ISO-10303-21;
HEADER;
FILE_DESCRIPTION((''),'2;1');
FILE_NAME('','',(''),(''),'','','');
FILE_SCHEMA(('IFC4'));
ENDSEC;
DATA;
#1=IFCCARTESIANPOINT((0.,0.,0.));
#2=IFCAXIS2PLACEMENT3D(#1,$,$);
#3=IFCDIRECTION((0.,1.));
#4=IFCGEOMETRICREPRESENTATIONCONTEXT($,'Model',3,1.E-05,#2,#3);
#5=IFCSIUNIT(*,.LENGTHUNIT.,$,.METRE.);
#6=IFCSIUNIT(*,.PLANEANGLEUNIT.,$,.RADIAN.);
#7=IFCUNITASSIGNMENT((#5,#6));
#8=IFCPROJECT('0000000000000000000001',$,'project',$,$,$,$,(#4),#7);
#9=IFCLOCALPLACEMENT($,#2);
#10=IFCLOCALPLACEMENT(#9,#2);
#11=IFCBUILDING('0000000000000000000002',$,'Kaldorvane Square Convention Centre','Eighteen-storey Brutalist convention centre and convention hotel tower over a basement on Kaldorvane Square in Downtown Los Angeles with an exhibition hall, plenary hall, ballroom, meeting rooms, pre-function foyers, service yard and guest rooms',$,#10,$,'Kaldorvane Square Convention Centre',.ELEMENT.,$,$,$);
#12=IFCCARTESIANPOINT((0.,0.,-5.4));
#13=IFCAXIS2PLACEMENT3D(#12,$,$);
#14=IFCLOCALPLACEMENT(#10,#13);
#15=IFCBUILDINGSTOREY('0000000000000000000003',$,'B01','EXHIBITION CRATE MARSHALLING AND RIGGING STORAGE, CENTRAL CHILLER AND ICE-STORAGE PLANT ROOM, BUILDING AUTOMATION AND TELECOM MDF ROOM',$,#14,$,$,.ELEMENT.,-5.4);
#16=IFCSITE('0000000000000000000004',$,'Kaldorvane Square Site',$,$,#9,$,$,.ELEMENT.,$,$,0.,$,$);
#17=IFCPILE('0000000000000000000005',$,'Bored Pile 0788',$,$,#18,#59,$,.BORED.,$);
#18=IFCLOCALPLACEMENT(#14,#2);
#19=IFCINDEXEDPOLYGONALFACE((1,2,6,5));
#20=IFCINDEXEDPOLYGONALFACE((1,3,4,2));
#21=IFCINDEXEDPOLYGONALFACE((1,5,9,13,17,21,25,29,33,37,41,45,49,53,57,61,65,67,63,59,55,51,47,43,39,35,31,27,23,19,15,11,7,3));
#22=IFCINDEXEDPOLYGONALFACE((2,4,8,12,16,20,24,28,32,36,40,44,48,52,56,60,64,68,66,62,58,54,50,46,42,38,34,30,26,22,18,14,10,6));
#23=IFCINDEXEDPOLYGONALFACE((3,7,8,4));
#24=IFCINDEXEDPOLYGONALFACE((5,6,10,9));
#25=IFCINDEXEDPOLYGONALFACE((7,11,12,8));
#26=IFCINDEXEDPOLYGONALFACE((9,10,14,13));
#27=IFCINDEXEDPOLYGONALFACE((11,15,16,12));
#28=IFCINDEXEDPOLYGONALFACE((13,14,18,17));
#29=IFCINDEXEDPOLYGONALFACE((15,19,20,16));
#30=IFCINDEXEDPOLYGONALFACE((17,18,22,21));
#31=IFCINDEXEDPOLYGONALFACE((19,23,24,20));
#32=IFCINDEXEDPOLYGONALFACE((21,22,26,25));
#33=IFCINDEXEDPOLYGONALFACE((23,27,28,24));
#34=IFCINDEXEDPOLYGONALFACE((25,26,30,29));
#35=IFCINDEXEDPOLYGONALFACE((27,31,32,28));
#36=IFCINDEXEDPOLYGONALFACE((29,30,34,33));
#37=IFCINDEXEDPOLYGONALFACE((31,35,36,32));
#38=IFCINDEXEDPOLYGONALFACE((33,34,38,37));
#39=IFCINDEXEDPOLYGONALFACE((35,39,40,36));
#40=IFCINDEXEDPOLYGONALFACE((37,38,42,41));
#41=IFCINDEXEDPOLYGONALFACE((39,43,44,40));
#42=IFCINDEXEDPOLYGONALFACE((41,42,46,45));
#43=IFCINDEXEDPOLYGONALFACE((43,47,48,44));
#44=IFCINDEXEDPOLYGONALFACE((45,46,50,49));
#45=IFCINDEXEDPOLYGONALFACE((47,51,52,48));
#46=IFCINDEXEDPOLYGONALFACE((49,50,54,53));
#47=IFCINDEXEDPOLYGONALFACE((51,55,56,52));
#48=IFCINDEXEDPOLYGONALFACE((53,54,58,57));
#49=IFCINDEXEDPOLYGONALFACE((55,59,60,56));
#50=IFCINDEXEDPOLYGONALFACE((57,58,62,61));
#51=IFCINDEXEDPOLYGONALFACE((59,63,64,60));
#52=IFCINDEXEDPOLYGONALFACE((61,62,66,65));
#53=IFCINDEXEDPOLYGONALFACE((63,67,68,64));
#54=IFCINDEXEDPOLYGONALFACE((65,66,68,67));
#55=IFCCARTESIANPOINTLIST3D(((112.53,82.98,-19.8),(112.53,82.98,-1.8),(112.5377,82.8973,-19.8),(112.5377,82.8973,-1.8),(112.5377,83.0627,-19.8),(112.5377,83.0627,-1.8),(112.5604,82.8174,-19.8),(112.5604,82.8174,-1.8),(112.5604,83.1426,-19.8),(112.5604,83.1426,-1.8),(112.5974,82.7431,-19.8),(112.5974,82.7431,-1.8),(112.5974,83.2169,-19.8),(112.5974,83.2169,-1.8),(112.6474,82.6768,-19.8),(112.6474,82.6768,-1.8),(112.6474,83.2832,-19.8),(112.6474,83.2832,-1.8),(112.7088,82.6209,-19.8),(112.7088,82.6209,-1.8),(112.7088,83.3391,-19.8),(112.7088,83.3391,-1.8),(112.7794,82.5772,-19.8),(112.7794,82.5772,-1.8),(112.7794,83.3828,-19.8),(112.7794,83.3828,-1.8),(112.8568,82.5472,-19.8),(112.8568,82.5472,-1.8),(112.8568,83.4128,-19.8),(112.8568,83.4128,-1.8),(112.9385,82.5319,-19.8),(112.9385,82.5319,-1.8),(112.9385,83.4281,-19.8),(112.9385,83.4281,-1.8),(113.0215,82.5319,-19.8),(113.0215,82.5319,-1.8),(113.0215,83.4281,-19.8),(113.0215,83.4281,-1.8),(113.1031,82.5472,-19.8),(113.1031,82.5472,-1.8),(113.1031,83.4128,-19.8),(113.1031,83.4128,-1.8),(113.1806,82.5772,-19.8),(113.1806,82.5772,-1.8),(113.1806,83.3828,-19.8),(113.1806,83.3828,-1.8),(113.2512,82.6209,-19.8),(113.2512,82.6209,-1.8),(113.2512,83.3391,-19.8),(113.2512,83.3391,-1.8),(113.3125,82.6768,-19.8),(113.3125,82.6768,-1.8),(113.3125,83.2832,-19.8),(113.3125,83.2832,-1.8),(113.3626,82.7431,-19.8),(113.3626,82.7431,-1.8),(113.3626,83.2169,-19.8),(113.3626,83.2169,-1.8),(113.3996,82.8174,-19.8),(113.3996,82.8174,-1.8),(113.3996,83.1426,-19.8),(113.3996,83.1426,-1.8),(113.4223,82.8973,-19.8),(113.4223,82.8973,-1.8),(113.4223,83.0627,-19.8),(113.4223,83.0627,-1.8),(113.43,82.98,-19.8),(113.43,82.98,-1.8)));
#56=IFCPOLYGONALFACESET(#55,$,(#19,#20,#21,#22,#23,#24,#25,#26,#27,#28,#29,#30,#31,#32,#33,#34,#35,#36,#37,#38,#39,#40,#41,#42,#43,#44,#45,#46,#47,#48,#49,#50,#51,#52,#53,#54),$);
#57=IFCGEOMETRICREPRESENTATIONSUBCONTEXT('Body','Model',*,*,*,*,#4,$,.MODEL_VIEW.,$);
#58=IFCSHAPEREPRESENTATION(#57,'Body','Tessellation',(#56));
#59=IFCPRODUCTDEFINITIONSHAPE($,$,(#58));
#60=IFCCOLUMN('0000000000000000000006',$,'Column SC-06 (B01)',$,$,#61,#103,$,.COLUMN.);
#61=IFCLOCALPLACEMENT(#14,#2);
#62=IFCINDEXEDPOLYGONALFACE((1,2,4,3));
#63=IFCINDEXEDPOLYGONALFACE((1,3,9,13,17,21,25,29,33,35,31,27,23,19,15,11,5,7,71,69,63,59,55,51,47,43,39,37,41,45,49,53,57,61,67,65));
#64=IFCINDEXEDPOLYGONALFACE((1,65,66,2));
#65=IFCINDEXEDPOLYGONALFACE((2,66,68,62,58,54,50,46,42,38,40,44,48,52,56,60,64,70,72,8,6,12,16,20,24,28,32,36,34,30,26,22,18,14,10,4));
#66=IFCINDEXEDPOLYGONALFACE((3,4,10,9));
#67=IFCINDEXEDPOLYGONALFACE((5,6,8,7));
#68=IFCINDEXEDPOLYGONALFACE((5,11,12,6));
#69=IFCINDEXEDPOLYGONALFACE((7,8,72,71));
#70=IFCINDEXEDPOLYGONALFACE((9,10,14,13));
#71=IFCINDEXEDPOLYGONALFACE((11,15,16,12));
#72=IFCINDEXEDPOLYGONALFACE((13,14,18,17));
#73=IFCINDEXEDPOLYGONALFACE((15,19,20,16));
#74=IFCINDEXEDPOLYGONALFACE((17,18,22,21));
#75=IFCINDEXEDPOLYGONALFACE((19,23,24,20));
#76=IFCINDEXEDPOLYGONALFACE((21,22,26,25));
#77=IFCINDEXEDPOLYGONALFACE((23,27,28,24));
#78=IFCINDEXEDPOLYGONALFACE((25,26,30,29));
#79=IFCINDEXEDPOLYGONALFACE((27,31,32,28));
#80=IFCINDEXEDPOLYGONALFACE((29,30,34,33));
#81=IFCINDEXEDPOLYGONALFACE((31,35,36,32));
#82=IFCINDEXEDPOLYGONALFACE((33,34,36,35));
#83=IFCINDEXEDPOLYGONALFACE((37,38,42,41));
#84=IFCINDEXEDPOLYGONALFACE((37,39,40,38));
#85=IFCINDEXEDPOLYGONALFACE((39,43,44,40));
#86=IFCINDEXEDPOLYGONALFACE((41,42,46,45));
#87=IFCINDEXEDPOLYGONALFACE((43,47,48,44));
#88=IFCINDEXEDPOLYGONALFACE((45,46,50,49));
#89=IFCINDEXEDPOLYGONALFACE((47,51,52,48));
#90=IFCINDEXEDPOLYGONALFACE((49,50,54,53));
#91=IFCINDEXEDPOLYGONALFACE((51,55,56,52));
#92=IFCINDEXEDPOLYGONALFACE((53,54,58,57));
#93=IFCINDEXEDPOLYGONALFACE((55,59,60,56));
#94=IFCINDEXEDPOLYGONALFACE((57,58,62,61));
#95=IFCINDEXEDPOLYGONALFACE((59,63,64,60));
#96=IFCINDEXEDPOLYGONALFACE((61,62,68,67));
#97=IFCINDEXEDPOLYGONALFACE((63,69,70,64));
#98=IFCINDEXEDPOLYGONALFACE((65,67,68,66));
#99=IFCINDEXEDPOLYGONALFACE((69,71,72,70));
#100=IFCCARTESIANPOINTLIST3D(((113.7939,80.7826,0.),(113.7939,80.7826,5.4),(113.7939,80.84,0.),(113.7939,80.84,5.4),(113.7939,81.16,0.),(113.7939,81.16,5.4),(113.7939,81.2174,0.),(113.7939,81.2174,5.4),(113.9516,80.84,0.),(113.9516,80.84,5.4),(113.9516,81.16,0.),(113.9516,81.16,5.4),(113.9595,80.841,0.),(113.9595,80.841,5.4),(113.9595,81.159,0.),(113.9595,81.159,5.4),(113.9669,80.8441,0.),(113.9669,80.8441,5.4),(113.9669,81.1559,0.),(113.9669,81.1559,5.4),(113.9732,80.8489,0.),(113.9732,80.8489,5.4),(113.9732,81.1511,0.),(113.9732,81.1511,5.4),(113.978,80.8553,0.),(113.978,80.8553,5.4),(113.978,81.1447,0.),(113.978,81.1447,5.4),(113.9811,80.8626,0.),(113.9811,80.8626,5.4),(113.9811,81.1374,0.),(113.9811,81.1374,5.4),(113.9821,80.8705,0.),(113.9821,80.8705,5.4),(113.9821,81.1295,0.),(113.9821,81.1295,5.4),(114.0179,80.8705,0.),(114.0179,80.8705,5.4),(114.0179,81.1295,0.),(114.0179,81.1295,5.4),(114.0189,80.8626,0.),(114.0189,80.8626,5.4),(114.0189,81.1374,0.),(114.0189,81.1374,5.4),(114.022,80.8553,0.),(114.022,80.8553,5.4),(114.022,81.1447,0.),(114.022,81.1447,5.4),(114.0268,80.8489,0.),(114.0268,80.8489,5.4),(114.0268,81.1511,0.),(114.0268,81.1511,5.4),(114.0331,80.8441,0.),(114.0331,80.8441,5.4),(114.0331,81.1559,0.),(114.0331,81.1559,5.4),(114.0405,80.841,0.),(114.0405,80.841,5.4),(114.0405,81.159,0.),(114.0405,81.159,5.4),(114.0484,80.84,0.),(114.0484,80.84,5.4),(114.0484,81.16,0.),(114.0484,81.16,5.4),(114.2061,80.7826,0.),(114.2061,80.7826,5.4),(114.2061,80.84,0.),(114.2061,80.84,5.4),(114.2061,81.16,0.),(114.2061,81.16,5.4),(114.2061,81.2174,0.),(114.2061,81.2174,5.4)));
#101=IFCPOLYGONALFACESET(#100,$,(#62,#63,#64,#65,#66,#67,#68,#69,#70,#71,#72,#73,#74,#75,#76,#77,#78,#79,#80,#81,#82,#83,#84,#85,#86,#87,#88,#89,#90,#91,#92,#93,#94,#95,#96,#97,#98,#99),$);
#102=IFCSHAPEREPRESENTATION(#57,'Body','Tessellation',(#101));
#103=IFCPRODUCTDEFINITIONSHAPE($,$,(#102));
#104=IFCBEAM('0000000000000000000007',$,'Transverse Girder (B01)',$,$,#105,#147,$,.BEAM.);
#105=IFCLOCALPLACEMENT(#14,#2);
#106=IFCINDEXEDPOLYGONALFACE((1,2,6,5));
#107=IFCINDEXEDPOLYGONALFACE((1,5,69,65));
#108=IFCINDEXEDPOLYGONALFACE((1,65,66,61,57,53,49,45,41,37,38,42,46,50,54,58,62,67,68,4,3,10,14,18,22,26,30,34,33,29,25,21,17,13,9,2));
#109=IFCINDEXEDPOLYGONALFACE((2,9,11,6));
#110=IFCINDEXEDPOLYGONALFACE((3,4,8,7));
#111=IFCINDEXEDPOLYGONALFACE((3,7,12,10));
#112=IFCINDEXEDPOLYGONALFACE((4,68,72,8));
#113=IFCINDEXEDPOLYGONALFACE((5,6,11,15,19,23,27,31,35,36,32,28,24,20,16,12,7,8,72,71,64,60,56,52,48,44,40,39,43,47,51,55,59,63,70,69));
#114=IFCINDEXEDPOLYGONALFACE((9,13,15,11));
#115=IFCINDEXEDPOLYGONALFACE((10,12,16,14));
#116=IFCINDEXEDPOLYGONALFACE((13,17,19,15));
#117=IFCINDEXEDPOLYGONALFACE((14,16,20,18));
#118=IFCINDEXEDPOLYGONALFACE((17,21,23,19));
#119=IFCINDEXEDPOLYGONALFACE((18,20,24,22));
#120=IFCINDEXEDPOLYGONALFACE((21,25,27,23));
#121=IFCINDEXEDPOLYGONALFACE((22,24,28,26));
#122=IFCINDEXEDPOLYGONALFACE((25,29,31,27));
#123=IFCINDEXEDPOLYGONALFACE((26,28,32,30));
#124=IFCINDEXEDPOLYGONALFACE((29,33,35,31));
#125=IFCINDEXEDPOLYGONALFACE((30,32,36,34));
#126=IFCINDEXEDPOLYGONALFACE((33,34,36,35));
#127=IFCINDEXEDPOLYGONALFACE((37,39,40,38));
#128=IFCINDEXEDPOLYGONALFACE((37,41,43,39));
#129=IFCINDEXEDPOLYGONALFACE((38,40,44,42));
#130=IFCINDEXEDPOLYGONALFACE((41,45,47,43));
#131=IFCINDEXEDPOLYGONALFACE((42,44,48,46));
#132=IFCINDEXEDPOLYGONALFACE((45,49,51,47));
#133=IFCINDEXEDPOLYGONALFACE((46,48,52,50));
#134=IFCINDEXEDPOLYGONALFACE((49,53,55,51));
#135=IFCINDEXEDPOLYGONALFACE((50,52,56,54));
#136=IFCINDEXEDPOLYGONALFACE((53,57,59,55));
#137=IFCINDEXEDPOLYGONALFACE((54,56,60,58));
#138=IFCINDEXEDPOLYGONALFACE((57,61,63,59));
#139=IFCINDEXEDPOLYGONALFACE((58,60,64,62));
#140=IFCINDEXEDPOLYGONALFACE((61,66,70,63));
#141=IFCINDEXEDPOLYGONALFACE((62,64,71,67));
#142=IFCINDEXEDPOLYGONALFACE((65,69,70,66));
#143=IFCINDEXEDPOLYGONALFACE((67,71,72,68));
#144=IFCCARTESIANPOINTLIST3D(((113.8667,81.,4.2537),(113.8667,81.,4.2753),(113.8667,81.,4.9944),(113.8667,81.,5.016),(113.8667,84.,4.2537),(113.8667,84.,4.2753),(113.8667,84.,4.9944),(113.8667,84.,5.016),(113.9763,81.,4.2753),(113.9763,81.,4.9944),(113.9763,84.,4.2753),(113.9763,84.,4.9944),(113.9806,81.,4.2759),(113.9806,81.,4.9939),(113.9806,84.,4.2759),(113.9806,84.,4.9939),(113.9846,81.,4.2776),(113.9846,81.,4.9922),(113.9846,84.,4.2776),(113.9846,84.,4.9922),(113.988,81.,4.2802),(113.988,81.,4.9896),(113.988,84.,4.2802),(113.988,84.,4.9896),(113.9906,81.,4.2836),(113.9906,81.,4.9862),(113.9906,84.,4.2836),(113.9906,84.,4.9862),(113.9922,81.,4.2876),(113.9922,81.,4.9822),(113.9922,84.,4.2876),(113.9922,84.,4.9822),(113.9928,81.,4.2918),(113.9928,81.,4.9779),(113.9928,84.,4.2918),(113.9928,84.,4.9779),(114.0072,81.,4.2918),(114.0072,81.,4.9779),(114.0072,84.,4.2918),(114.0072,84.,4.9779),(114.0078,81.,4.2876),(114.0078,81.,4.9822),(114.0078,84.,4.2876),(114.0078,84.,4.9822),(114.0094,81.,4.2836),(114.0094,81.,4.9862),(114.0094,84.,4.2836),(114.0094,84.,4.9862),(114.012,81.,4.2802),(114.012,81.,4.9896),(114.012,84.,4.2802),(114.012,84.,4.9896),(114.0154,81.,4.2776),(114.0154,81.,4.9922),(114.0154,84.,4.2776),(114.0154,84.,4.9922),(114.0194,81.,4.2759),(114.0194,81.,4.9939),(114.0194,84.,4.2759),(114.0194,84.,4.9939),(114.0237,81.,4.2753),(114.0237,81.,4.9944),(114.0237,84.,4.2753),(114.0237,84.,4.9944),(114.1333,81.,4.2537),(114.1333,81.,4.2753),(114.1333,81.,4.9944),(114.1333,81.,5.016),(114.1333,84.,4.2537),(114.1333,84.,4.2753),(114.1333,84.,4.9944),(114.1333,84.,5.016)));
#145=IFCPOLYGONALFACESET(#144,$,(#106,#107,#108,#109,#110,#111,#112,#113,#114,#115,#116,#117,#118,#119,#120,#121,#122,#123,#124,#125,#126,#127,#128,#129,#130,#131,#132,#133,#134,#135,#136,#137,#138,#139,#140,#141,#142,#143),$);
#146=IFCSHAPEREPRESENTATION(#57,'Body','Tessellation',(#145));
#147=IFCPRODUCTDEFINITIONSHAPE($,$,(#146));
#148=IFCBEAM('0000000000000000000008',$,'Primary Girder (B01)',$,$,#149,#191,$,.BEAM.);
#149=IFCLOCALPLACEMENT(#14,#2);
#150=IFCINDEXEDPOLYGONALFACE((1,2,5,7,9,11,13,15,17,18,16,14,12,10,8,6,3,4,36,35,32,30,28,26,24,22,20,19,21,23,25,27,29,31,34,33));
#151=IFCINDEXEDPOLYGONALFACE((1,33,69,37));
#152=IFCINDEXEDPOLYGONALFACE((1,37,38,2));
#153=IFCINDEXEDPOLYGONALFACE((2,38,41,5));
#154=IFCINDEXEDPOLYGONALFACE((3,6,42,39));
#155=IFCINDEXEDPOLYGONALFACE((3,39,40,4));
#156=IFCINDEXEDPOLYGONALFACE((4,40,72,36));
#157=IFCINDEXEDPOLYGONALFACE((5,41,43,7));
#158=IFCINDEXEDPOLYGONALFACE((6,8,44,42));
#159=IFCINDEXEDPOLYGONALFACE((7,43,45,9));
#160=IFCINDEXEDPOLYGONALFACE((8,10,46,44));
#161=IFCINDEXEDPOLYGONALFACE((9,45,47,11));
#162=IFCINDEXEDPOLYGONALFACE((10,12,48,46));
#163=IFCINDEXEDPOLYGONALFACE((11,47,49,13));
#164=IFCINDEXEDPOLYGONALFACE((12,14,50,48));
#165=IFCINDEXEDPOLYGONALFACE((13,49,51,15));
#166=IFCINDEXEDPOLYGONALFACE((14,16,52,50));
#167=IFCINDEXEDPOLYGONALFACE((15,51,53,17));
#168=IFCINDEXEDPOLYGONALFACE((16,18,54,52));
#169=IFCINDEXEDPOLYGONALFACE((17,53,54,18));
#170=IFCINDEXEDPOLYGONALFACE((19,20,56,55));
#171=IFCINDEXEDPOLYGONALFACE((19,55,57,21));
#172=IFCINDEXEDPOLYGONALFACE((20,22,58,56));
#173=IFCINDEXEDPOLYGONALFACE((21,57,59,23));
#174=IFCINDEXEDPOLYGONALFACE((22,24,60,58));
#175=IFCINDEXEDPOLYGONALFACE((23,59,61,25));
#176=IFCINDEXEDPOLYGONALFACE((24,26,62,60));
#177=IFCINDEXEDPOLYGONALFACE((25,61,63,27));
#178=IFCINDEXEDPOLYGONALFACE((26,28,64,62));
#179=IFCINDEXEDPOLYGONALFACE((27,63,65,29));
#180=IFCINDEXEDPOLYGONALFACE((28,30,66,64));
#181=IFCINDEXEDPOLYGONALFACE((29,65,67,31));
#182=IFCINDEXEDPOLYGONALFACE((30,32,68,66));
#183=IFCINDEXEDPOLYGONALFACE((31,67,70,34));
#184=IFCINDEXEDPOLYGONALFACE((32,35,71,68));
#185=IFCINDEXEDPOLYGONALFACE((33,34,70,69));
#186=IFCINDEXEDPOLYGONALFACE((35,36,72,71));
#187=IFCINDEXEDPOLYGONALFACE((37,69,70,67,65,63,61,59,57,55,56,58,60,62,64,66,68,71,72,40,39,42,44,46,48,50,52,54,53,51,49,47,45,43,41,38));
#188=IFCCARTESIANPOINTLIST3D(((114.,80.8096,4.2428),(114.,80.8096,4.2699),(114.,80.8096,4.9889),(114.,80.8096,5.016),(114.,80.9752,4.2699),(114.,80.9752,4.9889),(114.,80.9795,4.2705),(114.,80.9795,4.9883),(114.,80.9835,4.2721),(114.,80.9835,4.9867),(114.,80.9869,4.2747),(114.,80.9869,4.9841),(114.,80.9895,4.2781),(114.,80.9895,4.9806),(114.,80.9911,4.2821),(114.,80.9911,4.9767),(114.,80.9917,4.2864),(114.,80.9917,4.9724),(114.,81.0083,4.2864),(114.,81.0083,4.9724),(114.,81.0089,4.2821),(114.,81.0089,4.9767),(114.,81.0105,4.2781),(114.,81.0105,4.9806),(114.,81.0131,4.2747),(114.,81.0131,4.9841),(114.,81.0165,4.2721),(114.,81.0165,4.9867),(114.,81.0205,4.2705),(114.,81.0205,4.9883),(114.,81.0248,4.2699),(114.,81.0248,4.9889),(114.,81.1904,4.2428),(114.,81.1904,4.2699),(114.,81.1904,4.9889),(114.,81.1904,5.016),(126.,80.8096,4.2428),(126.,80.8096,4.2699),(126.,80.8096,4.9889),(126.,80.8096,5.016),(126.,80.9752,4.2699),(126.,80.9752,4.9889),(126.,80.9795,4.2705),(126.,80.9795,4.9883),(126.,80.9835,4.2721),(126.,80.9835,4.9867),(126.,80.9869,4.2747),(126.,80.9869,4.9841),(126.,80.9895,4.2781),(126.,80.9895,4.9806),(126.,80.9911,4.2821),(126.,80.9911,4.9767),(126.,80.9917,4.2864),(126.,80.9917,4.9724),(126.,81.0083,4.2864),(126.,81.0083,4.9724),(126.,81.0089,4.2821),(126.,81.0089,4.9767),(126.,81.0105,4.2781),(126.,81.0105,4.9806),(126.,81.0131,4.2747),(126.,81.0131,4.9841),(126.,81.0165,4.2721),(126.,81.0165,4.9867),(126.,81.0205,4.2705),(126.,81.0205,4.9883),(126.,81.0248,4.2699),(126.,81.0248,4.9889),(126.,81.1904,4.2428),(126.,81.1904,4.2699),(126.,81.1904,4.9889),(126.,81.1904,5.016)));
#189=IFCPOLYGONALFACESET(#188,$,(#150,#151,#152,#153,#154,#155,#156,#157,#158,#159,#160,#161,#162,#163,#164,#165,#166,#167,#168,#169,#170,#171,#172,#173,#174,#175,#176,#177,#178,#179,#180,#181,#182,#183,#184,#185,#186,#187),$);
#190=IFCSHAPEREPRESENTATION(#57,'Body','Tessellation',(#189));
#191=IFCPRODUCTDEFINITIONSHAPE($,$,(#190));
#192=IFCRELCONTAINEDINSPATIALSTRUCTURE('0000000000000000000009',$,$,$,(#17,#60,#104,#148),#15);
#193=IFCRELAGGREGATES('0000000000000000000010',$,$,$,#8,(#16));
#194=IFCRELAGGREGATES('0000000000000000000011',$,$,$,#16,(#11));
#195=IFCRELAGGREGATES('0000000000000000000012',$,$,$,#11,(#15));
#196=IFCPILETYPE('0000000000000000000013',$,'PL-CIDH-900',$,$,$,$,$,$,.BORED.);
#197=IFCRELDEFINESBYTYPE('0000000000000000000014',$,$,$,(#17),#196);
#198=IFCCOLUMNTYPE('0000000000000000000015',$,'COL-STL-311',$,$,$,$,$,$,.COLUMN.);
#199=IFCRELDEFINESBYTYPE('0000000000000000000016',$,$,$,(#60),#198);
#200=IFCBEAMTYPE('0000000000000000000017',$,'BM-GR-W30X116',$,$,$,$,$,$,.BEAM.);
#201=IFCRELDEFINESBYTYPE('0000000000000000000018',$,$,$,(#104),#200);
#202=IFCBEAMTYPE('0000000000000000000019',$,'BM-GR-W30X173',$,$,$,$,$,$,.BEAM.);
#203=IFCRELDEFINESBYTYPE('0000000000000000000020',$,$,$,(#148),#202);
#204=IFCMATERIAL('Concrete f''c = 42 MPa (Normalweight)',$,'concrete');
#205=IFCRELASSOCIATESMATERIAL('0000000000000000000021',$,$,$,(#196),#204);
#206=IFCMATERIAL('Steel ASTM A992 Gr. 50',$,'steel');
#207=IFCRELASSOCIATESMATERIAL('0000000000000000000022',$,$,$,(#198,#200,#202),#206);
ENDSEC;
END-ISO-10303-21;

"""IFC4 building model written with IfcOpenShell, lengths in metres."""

from ifc_helpers import new_model, si_unit, direction, frame, origin, origin_2d, place, context, subcontext, project, spatial, circle, i_section, extrude, material, material_profile, profile_set, type_object, element, save


model = new_model("IFC4")

# Units and contexts
model_context = context("Model", 3, precision=1e-05, world=origin(), true_north=direction((0.0, 1.0)))
body_context = subcontext(model_context, "Body", "Model", "MODEL_VIEW")
ifc_project = project(units=[si_unit("LENGTHUNIT", "METRE"), si_unit("PLANEANGLEUNIT", "RADIAN")], contexts=[model_context])

# Site, building, storey
site_placement = place(None, origin())
site = spatial("IfcSite", under=ifc_project, at=site_placement, Name="Kaldorvane Square Site", CompositionType="ELEMENT", RefElevation=0.0)
building_placement = place(site_placement, origin())
building = spatial("IfcBuilding", under=site, at=building_placement, Name="Kaldorvane Square Convention Centre", Description="Eighteen-storey Brutalist convention centre and convention hotel tower over a basement on Kaldorvane Square in Downtown Los Angeles with an exhibition hall, plenary hall, ballroom, meeting rooms, pre-function foyers, service yard and guest rooms", LongName="Kaldorvane Square Convention Centre", CompositionType="ELEMENT")
storey_placement = place(building_placement, frame((0.0, 0.0, -5.4)))
storey = spatial("IfcBuildingStorey", under=building, at=storey_placement, Name="B01", Description="EXHIBITION CRATE MARSHALLING AND RIGGING STORAGE, CENTRAL CHILLER AND ICE-STORAGE PLANT ROOM, BUILDING AUTOMATION AND TELECOM MDF ROOM", CompositionType="ELEMENT", Elevation=-5.4)

# Shared definitions
ifc_material_1 = material(Name="Concrete f'c = 42 MPa (Normalweight)", Category="concrete")

# Pile
ifc_material_profile_1 = material_profile(ifc_material_1, circle(Radius=0.45, at=origin_2d()), Name="PILE-D900")
ifc_profile_set_1 = profile_set([ifc_material_profile_1], Name="Concrete f'c = 42 MPa (Normalweight)")
pile_type_1 = type_object("IfcPileType", Name="PL-CIDH-900", PredefinedType="BORED", material=ifc_profile_set_1)
pile_placement = place(storey_placement, frame((112.98, 82.98, -1.8), z_axis=(0.0, 0.0, -1.0), x_axis=(1.0, 0.0, 0.0)))
element("IfcPile", 1, at=pile_placement, inside=storey, type_object=pile_type_1, Name="Bored Pile 0788", PredefinedType="BORED", context=body_context, shape_type="SweptSolid", body=[
    extrude(circle(Radius=0.45, at=origin_2d()), origin(), (0.0, 0.0, 1.0), 18.0),
])

# Column
ifc_material_2 = material(Name="Steel ASTM A992 Gr. 50", Category="steel")
ifc_material_profile_2 = material_profile(ifc_material_2, i_section(OverallWidth=0.4122, OverallDepth=0.4348, WebThickness=0.0358, FlangeThickness=0.0574, FilletRadius=0.0305, at=origin_2d()), Name="W14X311")
ifc_profile_set_2 = profile_set([ifc_material_profile_2], Name="Steel ASTM A992 Gr. 50")
column_type = type_object("IfcColumnType", Name="COL-STL-311", PredefinedType="COLUMN", material=ifc_profile_set_2)
column_placement = place(storey_placement, frame((114.0, 81.0, 0.0), z_axis=(0.0, 0.0, 1.0), x_axis=(1.0, 0.0, 0.0)))
element("IfcColumn", 2, at=column_placement, inside=storey, type_object=column_type, Name="Column SC-06 (B01)", PredefinedType="COLUMN", context=body_context, shape_type="SweptSolid", body=[
    extrude(i_section(OverallWidth=0.4122, OverallDepth=0.4348, WebThickness=0.0358, FlangeThickness=0.0574, FilletRadius=0.0305, at=origin_2d()), origin(), (0.0, 0.0, 1.0), 5.4),
])

# Beams
ifc_material_profile_3 = material_profile(ifc_material_2, i_section(OverallWidth=0.2666, OverallDepth=0.7623, WebThickness=0.0144, FlangeThickness=0.0216, FilletRadius=0.0165, at=origin_2d()), Name="W30X116")
ifc_profile_set_3 = profile_set([ifc_material_profile_3], Name="Steel ASTM A992 Gr. 50")
beam_type_1 = type_object("IfcBeamType", Name="BM-GR-W30X116", PredefinedType="BEAM", material=ifc_profile_set_3)
beam_1_placement = place(storey_placement, frame((114.0, 81.0, 4.6349), z_axis=(0.0, 1.0, 0.0), x_axis=(-1.0, 0.0, 0.0)))
element("IfcBeam", 3, at=beam_1_placement, inside=storey, type_object=beam_type_1, Name="Transverse Girder (B01)", PredefinedType="BEAM", context=body_context, shape_type="SweptSolid", body=[
    extrude(i_section(OverallWidth=0.2666, OverallDepth=0.7623, WebThickness=0.0144, FlangeThickness=0.0216, FilletRadius=0.0165, at=origin_2d()), origin(), (0.0, 0.0, 1.0), 3.0),
])
ifc_material_profile_4 = material_profile(ifc_material_2, i_section(OverallWidth=0.3807, OverallDepth=0.7732, WebThickness=0.0166, FlangeThickness=0.0271, FilletRadius=0.0165, at=origin_2d()), Name="W30X173")
ifc_profile_set_4 = profile_set([ifc_material_profile_4], Name="Steel ASTM A992 Gr. 50")
beam_type_2 = type_object("IfcBeamType", Name="BM-GR-W30X173", PredefinedType="BEAM", material=ifc_profile_set_4)
beam_2_placement = place(storey_placement, frame((114.0, 81.0, 4.6294), z_axis=(1.0, 0.0, 0.0), x_axis=(0.0, 1.0, 0.0)))
element("IfcBeam", 4, at=beam_2_placement, inside=storey, type_object=beam_type_2, Name="Primary Girder (B01)", PredefinedType="BEAM", context=body_context, shape_type="SweptSolid", body=[
    extrude(i_section(OverallWidth=0.3807, OverallDepth=0.7732, WebThickness=0.0166, FlangeThickness=0.0271, FilletRadius=0.0165, at=origin_2d()), origin(), (0.0, 0.0, 1.0), 12.0),
])

save(model, "model.ifc")
